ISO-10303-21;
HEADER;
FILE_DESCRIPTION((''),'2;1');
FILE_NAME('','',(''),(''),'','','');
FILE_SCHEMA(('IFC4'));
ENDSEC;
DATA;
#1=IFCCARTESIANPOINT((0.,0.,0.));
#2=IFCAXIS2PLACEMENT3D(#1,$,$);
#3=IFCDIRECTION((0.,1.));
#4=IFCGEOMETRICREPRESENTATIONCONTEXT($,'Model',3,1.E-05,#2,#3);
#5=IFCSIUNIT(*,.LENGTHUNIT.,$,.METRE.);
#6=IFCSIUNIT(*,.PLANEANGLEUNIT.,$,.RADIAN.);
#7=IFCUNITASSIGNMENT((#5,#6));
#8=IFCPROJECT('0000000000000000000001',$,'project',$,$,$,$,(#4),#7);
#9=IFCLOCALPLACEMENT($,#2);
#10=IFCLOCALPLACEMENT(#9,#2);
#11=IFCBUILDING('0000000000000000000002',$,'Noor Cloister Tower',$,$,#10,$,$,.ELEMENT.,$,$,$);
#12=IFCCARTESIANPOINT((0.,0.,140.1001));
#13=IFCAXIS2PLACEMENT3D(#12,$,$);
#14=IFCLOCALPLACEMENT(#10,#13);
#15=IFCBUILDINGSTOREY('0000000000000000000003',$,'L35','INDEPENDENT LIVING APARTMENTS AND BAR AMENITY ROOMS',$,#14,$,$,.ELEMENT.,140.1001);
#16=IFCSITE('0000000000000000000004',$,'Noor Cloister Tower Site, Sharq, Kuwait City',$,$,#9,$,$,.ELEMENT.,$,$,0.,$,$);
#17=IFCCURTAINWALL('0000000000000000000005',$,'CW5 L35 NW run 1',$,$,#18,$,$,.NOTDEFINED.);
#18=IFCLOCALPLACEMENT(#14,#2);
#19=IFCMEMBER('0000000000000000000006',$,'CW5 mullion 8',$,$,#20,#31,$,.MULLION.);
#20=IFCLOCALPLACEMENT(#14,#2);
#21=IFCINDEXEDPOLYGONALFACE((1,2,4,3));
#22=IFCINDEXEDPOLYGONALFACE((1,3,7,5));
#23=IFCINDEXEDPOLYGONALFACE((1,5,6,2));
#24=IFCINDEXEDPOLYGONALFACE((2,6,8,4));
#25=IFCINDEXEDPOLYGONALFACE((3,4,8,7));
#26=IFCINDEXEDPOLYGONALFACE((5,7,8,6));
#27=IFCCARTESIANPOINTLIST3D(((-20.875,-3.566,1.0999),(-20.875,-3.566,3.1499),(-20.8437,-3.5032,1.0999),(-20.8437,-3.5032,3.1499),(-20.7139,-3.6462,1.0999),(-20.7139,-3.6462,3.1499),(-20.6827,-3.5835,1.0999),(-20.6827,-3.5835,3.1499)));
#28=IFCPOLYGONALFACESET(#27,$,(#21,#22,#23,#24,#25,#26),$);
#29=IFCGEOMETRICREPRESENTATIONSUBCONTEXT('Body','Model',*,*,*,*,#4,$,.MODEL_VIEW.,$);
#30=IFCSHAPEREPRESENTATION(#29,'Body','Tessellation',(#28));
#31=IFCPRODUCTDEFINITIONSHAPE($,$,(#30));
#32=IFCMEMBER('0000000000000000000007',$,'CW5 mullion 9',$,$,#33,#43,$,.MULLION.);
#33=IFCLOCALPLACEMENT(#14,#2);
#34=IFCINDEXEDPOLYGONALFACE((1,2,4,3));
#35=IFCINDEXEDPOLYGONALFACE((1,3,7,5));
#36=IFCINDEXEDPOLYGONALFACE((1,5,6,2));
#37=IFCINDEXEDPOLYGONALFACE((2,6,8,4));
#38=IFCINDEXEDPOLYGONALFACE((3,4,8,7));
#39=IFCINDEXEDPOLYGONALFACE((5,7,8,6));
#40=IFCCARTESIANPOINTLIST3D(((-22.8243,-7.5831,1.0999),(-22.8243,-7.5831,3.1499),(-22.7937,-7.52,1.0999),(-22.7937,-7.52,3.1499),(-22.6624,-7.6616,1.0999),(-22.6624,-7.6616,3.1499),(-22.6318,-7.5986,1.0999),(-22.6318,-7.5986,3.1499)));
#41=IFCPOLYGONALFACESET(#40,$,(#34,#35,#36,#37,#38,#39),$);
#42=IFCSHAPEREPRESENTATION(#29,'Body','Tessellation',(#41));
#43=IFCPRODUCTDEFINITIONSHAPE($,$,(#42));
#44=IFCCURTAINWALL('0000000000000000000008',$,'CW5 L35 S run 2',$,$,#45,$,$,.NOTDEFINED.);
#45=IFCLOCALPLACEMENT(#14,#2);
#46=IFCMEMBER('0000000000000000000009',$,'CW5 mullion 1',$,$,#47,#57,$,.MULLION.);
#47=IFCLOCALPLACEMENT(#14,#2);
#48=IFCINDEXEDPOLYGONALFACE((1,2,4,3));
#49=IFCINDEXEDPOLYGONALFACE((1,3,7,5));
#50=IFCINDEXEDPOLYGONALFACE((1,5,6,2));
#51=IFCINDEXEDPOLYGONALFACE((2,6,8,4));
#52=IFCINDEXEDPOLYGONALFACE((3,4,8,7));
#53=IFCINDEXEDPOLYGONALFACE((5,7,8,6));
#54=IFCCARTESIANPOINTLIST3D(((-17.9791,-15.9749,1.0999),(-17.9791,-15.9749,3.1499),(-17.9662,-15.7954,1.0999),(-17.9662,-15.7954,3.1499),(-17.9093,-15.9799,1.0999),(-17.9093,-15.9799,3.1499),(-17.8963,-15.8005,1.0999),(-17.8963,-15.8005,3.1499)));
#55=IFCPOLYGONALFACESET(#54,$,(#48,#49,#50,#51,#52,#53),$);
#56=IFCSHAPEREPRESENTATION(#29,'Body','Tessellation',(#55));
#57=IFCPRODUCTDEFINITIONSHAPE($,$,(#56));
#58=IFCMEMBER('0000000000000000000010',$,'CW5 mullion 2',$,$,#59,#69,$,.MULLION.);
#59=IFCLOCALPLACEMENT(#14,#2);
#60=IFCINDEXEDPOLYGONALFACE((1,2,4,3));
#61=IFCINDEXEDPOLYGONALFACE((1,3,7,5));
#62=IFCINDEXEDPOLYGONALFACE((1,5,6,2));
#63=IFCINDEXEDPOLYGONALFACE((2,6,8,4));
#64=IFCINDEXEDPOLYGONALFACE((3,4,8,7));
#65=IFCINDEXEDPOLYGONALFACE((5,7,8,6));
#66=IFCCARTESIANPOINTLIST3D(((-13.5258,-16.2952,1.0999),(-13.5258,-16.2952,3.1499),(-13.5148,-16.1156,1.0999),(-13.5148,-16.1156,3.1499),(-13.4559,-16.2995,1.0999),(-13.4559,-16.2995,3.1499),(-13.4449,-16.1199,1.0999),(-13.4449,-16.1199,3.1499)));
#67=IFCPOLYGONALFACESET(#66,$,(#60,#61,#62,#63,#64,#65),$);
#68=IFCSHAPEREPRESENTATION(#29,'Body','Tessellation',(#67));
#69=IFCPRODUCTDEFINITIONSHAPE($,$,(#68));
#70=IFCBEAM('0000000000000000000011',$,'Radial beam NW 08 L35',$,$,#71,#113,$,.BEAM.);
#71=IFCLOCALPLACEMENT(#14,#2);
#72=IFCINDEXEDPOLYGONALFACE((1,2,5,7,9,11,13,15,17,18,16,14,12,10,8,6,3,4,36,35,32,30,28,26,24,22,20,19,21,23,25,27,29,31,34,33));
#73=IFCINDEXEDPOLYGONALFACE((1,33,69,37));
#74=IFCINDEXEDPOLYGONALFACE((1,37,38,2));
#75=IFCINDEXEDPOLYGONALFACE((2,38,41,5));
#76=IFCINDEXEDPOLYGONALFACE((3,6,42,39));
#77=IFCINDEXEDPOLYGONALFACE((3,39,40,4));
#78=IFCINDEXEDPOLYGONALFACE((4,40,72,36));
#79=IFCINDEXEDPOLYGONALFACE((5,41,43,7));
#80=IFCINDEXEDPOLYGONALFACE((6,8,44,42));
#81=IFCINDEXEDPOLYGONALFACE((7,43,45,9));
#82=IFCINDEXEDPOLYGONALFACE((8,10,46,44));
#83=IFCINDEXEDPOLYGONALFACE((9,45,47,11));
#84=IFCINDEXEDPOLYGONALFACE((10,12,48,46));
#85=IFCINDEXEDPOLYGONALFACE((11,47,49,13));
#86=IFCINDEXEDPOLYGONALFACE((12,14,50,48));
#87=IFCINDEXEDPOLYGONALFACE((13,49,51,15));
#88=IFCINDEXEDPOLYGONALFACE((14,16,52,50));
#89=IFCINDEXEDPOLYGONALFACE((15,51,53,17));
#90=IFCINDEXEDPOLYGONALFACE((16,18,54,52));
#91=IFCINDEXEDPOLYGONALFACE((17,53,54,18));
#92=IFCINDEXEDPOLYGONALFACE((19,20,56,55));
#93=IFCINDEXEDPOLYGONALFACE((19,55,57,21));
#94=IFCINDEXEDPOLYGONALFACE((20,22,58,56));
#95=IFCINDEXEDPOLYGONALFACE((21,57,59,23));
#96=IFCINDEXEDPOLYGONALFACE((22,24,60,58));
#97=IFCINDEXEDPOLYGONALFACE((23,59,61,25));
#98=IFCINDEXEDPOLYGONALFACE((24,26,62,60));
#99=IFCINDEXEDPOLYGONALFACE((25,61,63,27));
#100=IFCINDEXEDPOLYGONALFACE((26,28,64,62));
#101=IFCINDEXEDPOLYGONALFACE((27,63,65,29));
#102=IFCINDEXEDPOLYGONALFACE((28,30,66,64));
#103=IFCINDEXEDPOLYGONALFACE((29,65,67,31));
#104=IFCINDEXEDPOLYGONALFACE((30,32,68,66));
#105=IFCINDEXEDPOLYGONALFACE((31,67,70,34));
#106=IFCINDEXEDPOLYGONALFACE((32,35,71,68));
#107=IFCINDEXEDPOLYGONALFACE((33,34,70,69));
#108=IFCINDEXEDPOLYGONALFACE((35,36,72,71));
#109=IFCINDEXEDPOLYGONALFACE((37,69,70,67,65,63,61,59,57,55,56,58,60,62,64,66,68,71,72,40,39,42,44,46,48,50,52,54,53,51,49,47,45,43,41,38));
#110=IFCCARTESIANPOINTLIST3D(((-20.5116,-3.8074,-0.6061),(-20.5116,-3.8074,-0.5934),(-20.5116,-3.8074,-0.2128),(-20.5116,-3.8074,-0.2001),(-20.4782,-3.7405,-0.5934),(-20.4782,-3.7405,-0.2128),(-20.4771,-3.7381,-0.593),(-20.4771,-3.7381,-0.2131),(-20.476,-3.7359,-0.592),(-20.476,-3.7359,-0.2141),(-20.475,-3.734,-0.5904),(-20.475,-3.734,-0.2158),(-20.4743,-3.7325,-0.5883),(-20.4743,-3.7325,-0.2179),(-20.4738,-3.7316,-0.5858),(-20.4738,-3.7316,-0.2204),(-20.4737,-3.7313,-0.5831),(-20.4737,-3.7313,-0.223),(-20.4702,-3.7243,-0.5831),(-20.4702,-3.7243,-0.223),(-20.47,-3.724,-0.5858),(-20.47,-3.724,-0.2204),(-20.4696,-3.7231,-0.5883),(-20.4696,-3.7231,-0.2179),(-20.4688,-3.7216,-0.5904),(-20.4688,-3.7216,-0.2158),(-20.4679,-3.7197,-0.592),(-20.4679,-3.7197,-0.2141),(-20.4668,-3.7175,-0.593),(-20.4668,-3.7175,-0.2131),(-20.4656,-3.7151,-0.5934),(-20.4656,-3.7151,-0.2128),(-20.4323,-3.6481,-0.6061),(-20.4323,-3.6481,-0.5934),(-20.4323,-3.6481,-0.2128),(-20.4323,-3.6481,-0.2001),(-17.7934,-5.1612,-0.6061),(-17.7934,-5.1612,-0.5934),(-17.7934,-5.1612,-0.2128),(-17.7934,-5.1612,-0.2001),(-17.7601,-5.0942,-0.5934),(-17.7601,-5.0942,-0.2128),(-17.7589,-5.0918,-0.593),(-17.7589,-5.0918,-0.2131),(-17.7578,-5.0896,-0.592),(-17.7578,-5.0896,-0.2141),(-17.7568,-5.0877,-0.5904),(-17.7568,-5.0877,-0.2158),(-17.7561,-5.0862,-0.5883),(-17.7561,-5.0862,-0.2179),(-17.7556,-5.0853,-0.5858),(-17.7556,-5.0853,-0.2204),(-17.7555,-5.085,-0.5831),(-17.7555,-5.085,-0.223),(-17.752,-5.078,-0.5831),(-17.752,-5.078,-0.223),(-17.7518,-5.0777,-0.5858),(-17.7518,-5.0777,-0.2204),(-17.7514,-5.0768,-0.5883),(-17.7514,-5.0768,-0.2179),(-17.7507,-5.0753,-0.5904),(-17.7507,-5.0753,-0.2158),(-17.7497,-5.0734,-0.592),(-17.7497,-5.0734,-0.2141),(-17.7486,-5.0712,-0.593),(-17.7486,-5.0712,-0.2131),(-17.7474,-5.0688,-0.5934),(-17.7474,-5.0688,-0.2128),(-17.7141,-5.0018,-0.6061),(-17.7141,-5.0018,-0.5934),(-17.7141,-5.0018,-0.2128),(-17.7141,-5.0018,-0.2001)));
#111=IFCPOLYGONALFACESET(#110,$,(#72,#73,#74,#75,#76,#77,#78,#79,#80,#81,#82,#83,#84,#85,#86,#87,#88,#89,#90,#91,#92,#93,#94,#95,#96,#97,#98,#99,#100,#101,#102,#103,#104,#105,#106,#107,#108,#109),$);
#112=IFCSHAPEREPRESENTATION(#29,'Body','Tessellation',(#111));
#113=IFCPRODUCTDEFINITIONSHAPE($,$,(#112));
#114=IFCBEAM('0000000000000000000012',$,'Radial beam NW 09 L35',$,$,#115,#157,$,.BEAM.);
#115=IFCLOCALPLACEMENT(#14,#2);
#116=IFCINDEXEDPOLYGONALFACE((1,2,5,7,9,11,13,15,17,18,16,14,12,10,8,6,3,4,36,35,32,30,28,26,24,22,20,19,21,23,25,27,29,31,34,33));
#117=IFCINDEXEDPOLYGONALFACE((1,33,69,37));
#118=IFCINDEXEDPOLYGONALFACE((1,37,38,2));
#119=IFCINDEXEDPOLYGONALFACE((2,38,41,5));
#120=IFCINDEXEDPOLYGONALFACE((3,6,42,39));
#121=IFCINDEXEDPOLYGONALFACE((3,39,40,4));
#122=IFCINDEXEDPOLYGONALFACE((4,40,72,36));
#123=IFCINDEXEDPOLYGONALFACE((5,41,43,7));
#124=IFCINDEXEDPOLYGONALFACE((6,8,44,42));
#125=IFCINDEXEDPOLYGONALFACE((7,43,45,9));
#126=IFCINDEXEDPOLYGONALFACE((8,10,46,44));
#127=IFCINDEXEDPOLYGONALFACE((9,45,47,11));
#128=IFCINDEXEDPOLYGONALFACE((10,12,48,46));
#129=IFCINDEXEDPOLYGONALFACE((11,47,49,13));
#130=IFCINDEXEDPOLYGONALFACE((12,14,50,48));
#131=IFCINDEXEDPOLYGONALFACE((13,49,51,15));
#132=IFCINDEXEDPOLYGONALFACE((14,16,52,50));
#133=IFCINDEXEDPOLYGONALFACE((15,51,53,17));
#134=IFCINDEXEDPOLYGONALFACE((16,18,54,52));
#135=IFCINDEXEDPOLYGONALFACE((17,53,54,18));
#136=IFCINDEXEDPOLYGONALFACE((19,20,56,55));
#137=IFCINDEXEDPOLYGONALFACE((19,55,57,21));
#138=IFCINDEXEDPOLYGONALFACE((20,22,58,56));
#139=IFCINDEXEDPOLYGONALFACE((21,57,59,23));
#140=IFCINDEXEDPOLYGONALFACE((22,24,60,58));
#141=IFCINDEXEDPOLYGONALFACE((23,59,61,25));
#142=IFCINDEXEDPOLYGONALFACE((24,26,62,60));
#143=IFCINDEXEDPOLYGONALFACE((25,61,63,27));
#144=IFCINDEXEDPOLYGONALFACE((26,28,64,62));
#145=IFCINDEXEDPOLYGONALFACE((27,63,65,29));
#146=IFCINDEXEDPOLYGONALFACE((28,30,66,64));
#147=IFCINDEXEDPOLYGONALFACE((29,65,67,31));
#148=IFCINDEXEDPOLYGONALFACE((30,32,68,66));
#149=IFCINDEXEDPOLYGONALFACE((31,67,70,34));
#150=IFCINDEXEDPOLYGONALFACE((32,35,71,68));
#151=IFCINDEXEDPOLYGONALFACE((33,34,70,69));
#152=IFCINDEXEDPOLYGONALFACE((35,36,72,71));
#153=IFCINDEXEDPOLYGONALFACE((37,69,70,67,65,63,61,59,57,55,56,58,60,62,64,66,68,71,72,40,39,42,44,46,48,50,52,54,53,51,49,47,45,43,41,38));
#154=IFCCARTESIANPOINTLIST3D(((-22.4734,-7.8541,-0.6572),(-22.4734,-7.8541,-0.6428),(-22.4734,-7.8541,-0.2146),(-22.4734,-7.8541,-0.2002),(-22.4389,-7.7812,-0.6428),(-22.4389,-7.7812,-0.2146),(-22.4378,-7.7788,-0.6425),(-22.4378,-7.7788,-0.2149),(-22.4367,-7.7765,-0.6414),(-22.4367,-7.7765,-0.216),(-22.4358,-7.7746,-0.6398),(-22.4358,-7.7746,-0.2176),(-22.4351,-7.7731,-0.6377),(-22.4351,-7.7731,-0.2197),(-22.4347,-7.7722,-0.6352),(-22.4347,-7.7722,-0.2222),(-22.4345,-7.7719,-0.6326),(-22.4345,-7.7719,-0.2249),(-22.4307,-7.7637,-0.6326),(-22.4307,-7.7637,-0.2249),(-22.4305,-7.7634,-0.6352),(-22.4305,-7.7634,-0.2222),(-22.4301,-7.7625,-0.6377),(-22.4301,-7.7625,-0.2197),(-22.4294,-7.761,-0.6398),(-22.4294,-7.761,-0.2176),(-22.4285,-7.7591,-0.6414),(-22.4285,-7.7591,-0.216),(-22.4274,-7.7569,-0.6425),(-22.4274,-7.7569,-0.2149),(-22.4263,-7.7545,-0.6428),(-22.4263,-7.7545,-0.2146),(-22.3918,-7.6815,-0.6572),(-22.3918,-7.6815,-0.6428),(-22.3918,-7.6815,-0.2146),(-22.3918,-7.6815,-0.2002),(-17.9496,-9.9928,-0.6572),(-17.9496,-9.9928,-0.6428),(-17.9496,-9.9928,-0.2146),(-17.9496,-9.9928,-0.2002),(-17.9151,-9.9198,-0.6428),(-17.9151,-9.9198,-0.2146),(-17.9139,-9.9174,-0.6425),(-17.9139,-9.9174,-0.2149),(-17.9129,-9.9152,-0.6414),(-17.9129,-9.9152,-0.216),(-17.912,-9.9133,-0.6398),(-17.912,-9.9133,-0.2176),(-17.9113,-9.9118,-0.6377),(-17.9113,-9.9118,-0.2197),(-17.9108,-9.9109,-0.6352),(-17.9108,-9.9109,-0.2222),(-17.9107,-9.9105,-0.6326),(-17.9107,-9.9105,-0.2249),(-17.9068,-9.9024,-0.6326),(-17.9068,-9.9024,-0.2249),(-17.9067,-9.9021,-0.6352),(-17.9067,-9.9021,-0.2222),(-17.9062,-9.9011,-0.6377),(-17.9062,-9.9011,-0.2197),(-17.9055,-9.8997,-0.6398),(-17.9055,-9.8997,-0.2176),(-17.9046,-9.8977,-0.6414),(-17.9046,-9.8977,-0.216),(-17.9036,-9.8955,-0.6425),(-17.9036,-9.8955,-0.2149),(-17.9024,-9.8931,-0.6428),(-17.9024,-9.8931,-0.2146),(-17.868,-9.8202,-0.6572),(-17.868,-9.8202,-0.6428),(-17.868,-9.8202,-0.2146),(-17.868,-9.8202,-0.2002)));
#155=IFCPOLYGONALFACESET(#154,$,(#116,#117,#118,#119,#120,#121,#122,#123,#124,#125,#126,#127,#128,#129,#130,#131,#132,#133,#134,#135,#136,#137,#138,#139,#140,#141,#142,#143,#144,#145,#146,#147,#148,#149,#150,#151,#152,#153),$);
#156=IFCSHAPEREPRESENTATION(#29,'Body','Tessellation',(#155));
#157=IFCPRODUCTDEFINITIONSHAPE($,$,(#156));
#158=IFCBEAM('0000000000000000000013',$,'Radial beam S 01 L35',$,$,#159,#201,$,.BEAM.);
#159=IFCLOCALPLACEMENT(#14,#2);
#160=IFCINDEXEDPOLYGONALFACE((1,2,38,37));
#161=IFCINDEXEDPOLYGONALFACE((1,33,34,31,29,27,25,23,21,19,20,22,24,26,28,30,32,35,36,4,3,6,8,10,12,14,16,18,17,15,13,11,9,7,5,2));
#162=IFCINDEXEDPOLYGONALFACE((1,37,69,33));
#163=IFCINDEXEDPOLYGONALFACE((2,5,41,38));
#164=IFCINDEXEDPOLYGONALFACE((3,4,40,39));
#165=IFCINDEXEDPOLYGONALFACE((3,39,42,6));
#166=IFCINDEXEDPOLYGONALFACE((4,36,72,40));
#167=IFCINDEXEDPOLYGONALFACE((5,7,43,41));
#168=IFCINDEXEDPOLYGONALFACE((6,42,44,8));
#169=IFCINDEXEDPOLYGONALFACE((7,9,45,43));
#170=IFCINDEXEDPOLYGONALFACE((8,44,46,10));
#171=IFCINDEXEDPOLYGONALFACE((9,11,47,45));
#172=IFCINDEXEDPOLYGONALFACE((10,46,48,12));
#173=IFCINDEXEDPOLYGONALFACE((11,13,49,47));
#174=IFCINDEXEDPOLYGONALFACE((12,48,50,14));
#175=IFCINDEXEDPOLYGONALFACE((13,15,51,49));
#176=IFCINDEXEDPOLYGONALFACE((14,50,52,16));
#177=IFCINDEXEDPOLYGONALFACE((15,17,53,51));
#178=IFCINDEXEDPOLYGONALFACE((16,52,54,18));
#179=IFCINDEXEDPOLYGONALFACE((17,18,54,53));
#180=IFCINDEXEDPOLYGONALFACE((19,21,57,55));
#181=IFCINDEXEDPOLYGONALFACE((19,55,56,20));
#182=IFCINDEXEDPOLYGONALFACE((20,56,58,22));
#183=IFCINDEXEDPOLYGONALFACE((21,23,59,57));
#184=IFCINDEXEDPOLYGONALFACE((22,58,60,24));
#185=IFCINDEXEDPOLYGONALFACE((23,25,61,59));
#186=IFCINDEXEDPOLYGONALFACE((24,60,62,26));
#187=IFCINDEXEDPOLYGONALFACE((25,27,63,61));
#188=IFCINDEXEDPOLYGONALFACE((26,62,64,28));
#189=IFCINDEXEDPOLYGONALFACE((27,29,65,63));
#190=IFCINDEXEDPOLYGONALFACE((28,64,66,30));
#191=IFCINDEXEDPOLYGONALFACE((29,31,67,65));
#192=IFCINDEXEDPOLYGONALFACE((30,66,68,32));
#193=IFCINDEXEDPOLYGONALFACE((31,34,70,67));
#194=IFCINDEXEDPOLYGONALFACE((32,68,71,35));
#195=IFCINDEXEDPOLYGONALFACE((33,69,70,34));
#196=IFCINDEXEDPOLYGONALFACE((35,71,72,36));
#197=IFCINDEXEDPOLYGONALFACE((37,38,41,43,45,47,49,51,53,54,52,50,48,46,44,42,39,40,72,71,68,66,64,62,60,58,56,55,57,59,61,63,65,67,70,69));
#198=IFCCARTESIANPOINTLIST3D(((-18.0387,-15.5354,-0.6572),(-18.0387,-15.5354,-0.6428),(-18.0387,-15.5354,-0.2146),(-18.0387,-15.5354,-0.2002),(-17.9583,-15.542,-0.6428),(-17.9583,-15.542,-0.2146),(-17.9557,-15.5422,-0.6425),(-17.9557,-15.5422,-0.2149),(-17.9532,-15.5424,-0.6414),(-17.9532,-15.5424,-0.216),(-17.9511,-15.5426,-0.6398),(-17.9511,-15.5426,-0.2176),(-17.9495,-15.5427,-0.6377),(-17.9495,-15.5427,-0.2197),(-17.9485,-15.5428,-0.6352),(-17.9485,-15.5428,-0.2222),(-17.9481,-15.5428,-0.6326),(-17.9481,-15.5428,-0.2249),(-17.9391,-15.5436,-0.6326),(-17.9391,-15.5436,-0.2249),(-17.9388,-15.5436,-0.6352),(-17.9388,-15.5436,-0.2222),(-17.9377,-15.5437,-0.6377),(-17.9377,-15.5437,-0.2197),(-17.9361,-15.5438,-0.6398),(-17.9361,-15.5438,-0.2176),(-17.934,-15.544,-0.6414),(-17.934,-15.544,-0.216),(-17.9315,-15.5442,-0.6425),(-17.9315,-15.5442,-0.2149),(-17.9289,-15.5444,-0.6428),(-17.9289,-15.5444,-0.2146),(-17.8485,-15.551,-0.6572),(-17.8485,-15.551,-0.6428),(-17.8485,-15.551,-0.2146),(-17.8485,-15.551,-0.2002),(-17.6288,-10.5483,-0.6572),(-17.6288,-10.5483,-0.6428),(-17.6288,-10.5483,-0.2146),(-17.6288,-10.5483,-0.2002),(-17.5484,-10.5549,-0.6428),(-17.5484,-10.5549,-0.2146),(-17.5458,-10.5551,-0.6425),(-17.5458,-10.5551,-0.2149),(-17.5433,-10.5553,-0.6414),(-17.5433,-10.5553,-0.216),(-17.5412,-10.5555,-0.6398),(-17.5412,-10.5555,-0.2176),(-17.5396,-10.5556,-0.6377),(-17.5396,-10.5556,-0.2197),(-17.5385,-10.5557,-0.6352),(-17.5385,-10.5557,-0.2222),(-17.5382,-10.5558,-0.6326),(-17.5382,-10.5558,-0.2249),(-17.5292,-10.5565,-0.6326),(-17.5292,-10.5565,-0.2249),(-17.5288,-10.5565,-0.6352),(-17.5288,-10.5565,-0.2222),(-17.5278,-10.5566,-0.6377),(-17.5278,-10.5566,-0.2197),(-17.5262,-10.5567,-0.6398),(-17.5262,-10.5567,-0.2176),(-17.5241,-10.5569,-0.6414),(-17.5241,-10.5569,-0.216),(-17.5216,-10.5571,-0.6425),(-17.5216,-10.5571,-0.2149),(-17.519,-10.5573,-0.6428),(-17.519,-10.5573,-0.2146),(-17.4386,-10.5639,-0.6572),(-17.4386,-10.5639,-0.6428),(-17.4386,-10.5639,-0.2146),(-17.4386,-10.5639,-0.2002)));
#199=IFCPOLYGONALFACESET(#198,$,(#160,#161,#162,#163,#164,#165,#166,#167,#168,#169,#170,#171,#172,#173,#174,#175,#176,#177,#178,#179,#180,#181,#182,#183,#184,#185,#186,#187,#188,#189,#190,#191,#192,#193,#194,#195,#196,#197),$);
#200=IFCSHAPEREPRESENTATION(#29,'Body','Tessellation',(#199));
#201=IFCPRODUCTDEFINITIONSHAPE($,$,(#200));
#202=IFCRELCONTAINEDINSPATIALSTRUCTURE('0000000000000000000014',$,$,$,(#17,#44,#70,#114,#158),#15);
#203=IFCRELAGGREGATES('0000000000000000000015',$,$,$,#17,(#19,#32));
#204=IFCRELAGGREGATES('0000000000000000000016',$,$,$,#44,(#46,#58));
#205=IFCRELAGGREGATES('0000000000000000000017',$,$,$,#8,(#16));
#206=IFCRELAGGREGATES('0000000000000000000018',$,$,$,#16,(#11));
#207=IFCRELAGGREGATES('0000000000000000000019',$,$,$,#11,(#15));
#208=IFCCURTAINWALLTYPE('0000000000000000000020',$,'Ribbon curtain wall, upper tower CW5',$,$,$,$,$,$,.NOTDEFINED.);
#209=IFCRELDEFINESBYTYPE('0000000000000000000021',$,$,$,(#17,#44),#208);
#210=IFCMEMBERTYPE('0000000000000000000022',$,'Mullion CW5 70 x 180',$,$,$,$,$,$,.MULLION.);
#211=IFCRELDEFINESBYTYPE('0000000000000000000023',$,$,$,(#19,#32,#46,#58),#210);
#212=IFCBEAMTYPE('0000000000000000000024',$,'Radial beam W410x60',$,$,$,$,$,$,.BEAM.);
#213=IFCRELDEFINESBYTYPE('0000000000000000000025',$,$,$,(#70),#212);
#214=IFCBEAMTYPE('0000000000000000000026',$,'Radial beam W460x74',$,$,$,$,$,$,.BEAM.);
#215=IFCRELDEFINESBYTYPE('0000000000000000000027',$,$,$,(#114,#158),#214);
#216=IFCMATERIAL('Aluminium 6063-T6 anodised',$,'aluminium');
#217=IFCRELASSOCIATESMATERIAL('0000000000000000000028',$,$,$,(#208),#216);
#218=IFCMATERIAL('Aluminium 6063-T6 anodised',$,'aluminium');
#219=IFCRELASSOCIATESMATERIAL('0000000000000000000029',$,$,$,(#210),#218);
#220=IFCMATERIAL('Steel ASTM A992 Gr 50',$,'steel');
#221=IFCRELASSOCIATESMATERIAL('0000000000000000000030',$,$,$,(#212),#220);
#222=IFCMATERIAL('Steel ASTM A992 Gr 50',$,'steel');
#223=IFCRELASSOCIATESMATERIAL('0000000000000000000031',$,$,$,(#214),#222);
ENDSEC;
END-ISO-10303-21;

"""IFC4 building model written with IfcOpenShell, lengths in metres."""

from ifc_helpers import new_model, si_unit, direction, frame, origin, origin_2d, place, context, subcontext, project, spatial, rectangle, i_section, extrude, material, material_profile, profile_set, type_object, element, aggregate, save


model = new_model("IFC4")

# Units and contexts
model_context = context("Model", 3, precision=1e-05, world=origin(), true_north=direction((0.0, 1.0)))
body_context = subcontext(model_context, "Body", "Model", "MODEL_VIEW")
ifc_project = project(units=[si_unit("LENGTHUNIT", "METRE"), si_unit("PLANEANGLEUNIT", "RADIAN")], contexts=[model_context])

# Site, building, storey
site_placement = place(None, origin())
site = spatial("IfcSite", under=ifc_project, at=site_placement, Name="Noor Cloister Tower Site, Sharq, Kuwait City", CompositionType="ELEMENT", RefElevation=0.0)
building_placement = place(site_placement, origin())
building = spatial("IfcBuilding", under=site, at=building_placement, Name="Noor Cloister Tower", CompositionType="ELEMENT")
storey_placement = place(building_placement, frame((0.0, 0.0, 140.1001)))
storey = spatial("IfcBuildingStorey", under=building, at=storey_placement, Name="L35", Description="INDEPENDENT LIVING APARTMENTS AND BAR AMENITY ROOMS", CompositionType="ELEMENT", Elevation=140.1001)

# Curtain walls, members
ifc_material_1 = material(Name="Aluminium 6063-T6 anodised", Category="aluminium")
curtain_wall_type = type_object("IfcCurtainWallType", Name="Ribbon curtain wall, upper tower CW5", PredefinedType="NOTDEFINED", material=ifc_material_1)
curtain_wall_1_placement = place(storey_placement, origin())
curtain_wall_1 = element("IfcCurtainWall", 1, at=curtain_wall_1_placement, inside=storey, type_object=curtain_wall_type, Name="CW5 L35 NW run 1", PredefinedType="NOTDEFINED")
ifc_material_2 = material(Name="Aluminium 6063-T6 anodised", Category="aluminium")
ifc_material_profile_1 = material_profile(ifc_material_2, rectangle(XDim=0.1799, YDim=0.0701, at=origin_2d()), Name="180 x 70 mullion")
ifc_profile_set_1 = profile_set([ifc_material_profile_1], Name="Aluminium 6063-T6 anodised")
member_type = type_object("IfcMemberType", Name="Mullion CW5 70 x 180", PredefinedType="MULLION", material=ifc_profile_set_1)
member_1_placement = place(storey_placement, frame((-20.7788, -3.5747, 1.0999), z_axis=(0.0, 0.0, 1.0), x_axis=(0.895123, -0.445819, 0.0)))
member_1 = element("IfcMember", 2, at=member_1_placement, type_object=member_type, Name="CW5 mullion 8", PredefinedType="MULLION", context=body_context, shape_type="SweptSolid", body=[
    extrude(rectangle(XDim=0.1799, YDim=0.0701, at=origin_2d()), origin(), (0.0, 0.0, 1.0), 2.05),
])
member_2_placement = place(storey_placement, frame((-22.728, -7.5908, 1.0999), z_axis=(0.0, 0.0, 1.0), x_axis=(0.899647, -0.436619, 0.0)))
member_2 = element("IfcMember", 3, at=member_2_placement, type_object=member_type, Name="CW5 mullion 9", PredefinedType="MULLION", context=body_context, shape_type="SweptSolid", body=[
    extrude(rectangle(XDim=0.1799, YDim=0.0701, at=origin_2d()), origin(), (0.0, 0.0, 1.0), 2.05),
])
curtain_wall_2_placement = place(storey_placement, origin())
curtain_wall_2 = element("IfcCurtainWall", 4, at=curtain_wall_2_placement, inside=storey, type_object=curtain_wall_type, Name="CW5 L35 S run 2", PredefinedType="NOTDEFINED")
member_3_placement = place(storey_placement, frame((-17.9377, -15.8877, 1.0999), z_axis=(0.0, 0.0, 1.0), x_axis=(0.0717, 0.997426, 0.0)))
member_3 = element("IfcMember", 5, at=member_3_placement, type_object=member_type, Name="CW5 mullion 1", PredefinedType="MULLION", context=body_context, shape_type="SweptSolid", body=[
    extrude(rectangle(XDim=0.1799, YDim=0.0701, at=origin_2d()), origin(), (0.0, 0.0, 1.0), 2.05),
])
member_4_placement = place(storey_placement, frame((-13.4854, -16.2075, 1.0999), z_axis=(0.0, 0.0, 1.0), x_axis=(0.061471, 0.998109, 0.0)))
member_4 = element("IfcMember", 6, at=member_4_placement, type_object=member_type, Name="CW5 mullion 2", PredefinedType="MULLION", context=body_context, shape_type="SweptSolid", body=[
    extrude(rectangle(XDim=0.1799, YDim=0.0701, at=origin_2d()), origin(), (0.0, 0.0, 1.0), 2.05),
])

# Beams
ifc_material_3 = material(Name="Steel ASTM A992 Gr 50", Category="steel")
ifc_material_profile_2 = material_profile(ifc_material_3, i_section(OverallWidth=0.178, OverallDepth=0.406, WebThickness=0.0078, FlangeThickness=0.0127, FilletRadius=0.0103, at=origin_2d()), Name="W410x60")
ifc_profile_set_2 = profile_set([ifc_material_profile_2], Name="Steel ASTM A992 Gr 50")
beam_type_1 = type_object("IfcBeamType", Name="Radial beam W410x60", PredefinedType="BEAM", material=ifc_profile_set_2)
beam_1_placement = place(storey_placement, frame((-20.4719, -3.7278, -0.4031), z_axis=(0.895134, -0.445798, 0.0), x_axis=(0.445798, 0.895134, 0.0)))
element("IfcBeam", 7, at=beam_1_placement, inside=storey, type_object=beam_type_1, Name="Radial beam NW 08 L35", PredefinedType="BEAM", context=body_context, shape_type="SweptSolid", body=[
    extrude(i_section(OverallWidth=0.178, OverallDepth=0.406, WebThickness=0.0078, FlangeThickness=0.0127, FilletRadius=0.0103, at=origin_2d()), origin(), (0.0, 0.0, 1.0), 3.0366),
])
ifc_material_4 = material(Name="Steel ASTM A992 Gr 50", Category="steel")
ifc_material_profile_3 = material_profile(ifc_material_4, i_section(OverallWidth=0.1909, OverallDepth=0.457, WebThickness=0.009, FlangeThickness=0.0144, FilletRadius=0.0103, at=origin_2d()), Name="W460x74")
ifc_profile_set_3 = profile_set([ifc_material_profile_3], Name="Steel ASTM A992 Gr 50")
beam_type_2 = type_object("IfcBeamType", Name="Radial beam W460x74", PredefinedType="BEAM", material=ifc_profile_set_3)
for number, where, z_axis, x_axis, name in (
    (8, (-22.4326, -7.7678, -0.4287), (0.904065, -0.427394, 0.0), (0.427394, 0.904065, 0.0), "Radial beam NW 09 L35"),
    (9, (-17.9436, -15.5432, -0.4287), (0.081919, 0.996639, 0.0), (-0.996639, 0.081919, 0.0), "Radial beam S 01 L35"),
):
    element("IfcBeam", number, at=place(storey_placement, frame(where, z_axis=z_axis, x_axis=x_axis)), inside=storey, type_object=beam_type_2, Name=name, PredefinedType="BEAM", context=body_context, shape_type="SweptSolid", body=[
        extrude(i_section(OverallWidth=0.1909, OverallDepth=0.457, WebThickness=0.009, FlangeThickness=0.0144, FilletRadius=0.0103, at=origin_2d()), origin(), (0.0, 0.0, 1.0), 5.0039),
    ])

aggregate(curtain_wall_1, [member_1, member_2])
aggregate(curtain_wall_2, [member_3, member_4])

save(model, "model.ifc")
